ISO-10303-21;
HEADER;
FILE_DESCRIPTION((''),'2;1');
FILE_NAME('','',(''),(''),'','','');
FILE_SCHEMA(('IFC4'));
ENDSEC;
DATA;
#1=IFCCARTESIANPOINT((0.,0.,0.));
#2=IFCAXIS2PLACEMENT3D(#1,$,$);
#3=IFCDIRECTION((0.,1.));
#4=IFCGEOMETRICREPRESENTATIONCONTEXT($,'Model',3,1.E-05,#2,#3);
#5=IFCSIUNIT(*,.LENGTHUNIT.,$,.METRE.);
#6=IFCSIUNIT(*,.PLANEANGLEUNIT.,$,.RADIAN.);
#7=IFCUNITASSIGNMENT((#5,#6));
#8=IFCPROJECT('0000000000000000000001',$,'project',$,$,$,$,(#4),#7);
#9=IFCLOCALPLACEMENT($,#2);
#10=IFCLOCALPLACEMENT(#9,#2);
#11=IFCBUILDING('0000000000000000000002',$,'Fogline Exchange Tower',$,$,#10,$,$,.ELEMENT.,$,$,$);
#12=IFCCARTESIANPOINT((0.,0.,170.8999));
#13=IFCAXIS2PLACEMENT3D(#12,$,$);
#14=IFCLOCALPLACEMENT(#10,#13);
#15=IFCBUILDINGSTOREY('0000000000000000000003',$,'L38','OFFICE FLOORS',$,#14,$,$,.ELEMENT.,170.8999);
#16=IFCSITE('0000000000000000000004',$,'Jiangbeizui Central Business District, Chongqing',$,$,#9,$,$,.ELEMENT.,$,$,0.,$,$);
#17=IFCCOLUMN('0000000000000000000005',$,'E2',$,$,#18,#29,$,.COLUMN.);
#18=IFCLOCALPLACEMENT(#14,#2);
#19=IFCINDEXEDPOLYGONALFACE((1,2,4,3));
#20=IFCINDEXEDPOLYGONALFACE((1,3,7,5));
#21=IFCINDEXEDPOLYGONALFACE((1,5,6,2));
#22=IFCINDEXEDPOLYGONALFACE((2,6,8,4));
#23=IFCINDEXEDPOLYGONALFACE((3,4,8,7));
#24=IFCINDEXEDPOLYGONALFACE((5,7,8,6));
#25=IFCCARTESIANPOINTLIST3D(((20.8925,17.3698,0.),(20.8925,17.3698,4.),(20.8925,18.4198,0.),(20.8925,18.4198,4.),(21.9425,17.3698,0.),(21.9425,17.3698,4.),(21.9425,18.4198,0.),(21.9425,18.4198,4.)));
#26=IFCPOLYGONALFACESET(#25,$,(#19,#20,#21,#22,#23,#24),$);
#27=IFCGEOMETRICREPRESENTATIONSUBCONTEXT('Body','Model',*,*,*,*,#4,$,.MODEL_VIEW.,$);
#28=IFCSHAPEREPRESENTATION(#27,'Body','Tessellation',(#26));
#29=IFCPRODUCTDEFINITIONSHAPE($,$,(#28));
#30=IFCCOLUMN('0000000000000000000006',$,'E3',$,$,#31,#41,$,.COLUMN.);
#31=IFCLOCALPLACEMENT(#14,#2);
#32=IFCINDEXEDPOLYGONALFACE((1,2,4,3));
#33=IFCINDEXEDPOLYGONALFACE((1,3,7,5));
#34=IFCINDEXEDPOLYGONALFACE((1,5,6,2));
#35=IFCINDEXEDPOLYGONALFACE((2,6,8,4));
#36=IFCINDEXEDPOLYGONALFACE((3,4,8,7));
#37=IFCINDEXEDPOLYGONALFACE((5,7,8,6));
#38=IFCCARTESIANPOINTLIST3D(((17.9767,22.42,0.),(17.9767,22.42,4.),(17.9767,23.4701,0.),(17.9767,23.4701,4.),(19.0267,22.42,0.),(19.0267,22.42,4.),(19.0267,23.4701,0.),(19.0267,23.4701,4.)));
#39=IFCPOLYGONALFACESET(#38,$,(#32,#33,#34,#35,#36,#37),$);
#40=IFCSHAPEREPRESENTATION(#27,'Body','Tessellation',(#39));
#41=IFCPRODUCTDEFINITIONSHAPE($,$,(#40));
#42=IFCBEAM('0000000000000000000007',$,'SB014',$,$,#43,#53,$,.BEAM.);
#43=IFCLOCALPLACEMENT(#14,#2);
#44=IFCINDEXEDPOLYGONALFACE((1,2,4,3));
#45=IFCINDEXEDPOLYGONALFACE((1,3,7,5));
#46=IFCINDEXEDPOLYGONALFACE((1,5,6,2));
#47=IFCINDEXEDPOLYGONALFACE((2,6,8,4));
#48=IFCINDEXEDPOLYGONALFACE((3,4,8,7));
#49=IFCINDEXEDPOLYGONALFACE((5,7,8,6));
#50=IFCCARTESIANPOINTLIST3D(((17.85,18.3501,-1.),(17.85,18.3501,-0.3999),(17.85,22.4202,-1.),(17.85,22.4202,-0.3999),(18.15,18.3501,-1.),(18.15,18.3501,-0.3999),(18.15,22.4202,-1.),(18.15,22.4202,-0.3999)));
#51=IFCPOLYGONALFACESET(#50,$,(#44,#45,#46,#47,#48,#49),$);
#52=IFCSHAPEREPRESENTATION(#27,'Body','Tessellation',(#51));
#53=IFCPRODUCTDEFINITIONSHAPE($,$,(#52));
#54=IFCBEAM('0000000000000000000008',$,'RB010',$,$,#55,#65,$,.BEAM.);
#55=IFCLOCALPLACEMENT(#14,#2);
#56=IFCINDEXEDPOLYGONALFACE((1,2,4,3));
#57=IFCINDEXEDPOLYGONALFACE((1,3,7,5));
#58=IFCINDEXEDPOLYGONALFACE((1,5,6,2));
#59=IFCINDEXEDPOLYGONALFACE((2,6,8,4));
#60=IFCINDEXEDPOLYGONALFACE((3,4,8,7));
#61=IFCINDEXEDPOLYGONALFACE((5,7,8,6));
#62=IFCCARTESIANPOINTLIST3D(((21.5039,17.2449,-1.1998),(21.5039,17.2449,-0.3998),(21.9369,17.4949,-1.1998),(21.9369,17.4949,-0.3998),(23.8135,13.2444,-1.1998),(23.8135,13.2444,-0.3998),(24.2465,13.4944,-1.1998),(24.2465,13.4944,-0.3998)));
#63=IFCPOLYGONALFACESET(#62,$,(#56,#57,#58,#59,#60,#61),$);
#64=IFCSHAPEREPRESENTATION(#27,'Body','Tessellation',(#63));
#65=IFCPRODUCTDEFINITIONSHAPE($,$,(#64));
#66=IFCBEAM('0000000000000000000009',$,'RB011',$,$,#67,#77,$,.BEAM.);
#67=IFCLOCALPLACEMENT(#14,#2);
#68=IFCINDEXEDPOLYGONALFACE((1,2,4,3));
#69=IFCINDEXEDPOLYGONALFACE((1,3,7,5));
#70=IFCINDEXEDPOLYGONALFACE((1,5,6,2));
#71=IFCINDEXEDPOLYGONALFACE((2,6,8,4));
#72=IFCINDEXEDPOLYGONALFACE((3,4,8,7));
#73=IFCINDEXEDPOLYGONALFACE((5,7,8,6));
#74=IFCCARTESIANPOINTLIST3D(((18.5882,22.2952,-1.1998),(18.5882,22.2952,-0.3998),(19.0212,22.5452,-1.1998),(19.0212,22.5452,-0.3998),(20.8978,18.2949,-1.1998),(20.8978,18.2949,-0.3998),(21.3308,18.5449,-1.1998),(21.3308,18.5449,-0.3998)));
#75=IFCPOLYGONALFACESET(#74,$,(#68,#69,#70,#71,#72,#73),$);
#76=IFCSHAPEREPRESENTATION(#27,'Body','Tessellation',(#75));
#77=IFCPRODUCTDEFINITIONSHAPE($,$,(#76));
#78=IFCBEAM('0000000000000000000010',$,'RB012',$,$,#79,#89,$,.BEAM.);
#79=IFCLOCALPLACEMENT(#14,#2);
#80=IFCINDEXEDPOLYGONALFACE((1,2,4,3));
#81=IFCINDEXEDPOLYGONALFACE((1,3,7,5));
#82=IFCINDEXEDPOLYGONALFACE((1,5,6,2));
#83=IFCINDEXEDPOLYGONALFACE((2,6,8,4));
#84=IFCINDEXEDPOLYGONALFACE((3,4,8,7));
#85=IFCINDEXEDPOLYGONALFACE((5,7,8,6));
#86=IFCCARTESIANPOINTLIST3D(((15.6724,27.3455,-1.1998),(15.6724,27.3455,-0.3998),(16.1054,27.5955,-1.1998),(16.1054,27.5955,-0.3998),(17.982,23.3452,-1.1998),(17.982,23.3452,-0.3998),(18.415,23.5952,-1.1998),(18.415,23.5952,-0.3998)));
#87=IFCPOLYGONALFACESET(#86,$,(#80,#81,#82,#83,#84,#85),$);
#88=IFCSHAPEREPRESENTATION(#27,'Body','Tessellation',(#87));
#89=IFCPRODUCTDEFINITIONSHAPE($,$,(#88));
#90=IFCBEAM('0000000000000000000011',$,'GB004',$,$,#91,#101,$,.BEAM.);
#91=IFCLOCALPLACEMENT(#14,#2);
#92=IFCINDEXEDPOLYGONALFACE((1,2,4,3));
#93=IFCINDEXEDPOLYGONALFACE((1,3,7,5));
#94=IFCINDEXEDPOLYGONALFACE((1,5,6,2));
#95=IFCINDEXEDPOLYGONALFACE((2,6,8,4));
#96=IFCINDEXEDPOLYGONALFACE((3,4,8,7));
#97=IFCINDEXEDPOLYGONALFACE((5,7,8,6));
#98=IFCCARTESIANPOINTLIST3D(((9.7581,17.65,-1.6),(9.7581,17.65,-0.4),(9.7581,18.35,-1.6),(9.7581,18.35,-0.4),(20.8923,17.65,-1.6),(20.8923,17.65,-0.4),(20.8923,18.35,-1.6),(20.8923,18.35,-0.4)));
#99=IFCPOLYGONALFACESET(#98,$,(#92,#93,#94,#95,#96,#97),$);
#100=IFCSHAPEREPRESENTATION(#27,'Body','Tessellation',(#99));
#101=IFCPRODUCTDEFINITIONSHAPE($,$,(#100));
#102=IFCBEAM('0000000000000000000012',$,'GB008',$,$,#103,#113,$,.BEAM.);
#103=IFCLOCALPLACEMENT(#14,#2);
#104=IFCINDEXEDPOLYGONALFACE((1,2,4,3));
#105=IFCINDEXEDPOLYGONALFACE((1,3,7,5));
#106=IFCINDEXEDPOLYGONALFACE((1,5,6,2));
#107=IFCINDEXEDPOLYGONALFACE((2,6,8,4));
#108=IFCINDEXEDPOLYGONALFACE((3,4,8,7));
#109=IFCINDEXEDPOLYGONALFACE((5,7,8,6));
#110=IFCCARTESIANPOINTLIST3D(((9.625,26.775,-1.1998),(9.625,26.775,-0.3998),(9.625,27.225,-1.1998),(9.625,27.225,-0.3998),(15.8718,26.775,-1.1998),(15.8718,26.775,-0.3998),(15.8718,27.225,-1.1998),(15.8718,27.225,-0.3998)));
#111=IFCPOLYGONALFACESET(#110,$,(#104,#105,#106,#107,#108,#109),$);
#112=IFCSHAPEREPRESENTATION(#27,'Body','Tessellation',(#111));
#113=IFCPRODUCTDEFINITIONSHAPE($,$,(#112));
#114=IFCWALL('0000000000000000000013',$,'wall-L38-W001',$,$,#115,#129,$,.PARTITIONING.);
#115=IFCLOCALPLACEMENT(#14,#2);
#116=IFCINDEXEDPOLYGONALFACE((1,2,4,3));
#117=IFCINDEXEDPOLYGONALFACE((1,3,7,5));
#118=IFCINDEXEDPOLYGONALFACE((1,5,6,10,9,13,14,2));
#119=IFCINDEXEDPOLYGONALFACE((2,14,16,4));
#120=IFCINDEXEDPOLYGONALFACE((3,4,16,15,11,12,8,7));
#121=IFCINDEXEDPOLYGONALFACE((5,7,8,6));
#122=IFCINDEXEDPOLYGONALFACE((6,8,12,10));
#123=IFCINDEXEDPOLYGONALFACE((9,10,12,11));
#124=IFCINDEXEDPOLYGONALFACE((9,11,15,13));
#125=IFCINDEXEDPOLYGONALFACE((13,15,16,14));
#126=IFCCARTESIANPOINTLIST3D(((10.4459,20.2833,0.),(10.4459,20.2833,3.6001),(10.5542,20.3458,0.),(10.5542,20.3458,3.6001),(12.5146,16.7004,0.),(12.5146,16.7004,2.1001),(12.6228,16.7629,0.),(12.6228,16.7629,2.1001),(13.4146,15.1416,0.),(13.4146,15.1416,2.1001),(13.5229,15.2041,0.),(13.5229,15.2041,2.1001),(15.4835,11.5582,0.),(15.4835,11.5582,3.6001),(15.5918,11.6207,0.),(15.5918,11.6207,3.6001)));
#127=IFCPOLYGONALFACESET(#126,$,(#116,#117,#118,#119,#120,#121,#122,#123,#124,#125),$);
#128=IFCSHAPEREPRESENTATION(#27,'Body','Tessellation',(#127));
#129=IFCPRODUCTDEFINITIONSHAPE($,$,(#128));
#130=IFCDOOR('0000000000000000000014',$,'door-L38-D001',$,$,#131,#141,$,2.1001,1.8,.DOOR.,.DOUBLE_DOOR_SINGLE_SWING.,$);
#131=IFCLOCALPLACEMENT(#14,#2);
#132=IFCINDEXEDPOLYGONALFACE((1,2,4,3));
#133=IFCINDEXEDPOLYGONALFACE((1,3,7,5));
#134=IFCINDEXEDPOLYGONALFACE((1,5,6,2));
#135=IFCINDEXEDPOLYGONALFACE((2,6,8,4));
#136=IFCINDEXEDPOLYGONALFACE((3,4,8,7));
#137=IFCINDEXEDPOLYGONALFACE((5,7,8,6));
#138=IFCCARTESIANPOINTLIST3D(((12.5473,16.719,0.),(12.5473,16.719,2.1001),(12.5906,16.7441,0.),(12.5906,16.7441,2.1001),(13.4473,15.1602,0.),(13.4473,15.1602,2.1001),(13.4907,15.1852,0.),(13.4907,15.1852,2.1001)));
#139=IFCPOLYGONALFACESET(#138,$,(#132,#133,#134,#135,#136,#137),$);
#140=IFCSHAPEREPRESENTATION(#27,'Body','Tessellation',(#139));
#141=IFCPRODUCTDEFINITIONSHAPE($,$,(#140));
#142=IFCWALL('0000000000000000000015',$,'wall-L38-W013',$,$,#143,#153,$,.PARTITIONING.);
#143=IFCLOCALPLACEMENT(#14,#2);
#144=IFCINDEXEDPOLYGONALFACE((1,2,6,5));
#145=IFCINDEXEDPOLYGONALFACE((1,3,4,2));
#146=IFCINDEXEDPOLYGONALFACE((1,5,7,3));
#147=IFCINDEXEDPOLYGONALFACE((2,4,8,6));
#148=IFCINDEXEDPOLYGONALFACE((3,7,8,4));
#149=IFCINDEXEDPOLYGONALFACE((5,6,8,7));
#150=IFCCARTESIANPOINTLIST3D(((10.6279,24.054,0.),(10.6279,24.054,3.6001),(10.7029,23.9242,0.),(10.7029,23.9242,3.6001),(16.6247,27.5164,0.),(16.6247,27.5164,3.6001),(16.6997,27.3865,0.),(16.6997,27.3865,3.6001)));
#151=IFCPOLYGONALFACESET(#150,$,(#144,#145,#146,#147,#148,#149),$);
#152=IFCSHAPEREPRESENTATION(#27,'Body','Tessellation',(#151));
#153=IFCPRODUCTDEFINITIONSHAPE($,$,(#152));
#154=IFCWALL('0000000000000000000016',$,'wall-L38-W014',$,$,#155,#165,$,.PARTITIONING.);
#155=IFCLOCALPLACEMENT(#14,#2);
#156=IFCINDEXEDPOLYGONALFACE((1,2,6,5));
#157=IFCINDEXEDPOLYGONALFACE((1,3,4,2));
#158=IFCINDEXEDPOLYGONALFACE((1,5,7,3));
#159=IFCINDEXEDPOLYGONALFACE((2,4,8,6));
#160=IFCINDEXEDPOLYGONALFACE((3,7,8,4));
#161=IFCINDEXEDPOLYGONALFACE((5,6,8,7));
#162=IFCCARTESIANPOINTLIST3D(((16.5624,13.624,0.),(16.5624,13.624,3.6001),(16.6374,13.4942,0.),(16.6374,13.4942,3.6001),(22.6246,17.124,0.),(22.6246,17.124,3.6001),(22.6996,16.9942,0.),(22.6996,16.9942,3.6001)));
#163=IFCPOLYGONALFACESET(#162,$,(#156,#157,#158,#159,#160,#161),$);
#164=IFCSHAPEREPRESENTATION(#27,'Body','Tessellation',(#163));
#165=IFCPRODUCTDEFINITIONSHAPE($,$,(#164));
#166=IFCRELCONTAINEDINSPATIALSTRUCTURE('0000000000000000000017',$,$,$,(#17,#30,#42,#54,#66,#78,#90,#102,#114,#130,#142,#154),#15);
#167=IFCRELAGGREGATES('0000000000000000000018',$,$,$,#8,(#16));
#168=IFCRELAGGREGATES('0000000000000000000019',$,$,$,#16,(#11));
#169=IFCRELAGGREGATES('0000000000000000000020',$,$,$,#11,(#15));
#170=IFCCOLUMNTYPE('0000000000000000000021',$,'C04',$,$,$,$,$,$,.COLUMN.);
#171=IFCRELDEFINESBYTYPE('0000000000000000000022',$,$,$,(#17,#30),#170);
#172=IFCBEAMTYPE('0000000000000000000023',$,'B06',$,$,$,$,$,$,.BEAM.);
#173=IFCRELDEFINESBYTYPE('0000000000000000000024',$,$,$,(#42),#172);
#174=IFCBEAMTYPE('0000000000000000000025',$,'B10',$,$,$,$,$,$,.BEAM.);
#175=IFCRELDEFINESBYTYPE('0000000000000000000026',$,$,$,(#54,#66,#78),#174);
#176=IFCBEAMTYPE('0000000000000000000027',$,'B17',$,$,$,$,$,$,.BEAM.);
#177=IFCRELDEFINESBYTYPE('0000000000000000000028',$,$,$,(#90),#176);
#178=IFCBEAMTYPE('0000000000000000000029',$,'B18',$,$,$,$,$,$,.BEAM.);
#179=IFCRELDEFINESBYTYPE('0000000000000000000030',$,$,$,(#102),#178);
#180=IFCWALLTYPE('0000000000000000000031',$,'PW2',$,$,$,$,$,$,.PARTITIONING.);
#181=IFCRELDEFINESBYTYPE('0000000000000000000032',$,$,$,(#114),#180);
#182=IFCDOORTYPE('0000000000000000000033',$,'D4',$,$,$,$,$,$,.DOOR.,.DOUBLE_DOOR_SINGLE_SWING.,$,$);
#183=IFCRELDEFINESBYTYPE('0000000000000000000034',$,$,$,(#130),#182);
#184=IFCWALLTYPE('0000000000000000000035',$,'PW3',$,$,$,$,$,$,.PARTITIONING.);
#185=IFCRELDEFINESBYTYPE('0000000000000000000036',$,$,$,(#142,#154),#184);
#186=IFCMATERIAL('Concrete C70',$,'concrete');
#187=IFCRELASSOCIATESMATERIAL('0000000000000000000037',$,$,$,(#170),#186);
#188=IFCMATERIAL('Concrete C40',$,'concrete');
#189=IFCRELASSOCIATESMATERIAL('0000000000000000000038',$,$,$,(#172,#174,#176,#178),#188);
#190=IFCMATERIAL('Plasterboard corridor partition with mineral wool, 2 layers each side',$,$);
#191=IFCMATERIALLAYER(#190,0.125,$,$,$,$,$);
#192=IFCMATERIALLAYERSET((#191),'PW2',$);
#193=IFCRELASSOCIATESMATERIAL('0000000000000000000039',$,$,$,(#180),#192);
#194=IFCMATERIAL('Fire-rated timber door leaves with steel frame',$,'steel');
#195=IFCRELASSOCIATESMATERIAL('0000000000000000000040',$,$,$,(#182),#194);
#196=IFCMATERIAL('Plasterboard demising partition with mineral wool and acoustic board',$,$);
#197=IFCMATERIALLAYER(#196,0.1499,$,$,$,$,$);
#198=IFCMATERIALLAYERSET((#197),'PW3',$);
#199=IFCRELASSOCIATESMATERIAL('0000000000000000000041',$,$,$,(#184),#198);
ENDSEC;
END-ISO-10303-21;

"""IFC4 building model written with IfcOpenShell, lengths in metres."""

from ifc_helpers import new_model, si_unit, direction, frame, frame_2d, origin, origin_2d, place, context, subcontext, project, spatial, rectangle, extrude, material, layer, layer_set, material_profile, profile_set, type_object, element, fill, save


model = new_model("IFC4")

# Units and contexts
model_context = context("Model", 3, precision=1e-05, world=origin(), true_north=direction((0.0, 1.0)))
body_context = subcontext(model_context, "Body", "Model", "MODEL_VIEW")
ifc_project = project(units=[si_unit("LENGTHUNIT", "METRE"), si_unit("PLANEANGLEUNIT", "RADIAN")], contexts=[model_context])

# Site, building, storey
site_placement = place(None, origin())
site = spatial("IfcSite", under=ifc_project, at=site_placement, Name="Jiangbeizui Central Business District, Chongqing", CompositionType="ELEMENT", RefElevation=0.0)
building_placement = place(site_placement, origin())
building = spatial("IfcBuilding", under=site, at=building_placement, Name="Fogline Exchange Tower", CompositionType="ELEMENT")
storey_placement = place(building_placement, frame((0.0, 0.0, 170.8999)))
storey = spatial("IfcBuildingStorey", under=building, at=storey_placement, Name="L38", Description="OFFICE FLOORS", CompositionType="ELEMENT", Elevation=170.8999)

# Columns
ifc_material_1 = material(Name="Concrete C70", Category="concrete")
ifc_material_profile_1 = material_profile(ifc_material_1, rectangle(XDim=1.05, YDim=1.05, at=origin_2d()), Name="RC 1050x1050")
ifc_profile_set_1 = profile_set([ifc_material_profile_1], Name="Concrete C70")
column_type = type_object("IfcColumnType", Name="C04", PredefinedType="COLUMN", material=ifc_profile_set_1)
for number, where, z_axis, x_axis, name in (
    (1, (21.4175, 17.8948, 0.0), (0.0, 0.0, 1.0), (1.0, 0.0, 0.0), "E2"),
    (2, (18.5017, 22.9451, 0.0), (0.0, 0.0, 1.0), (1.0, 0.0, 0.0), "E3"),
):
    element("IfcColumn", number, at=place(storey_placement, frame(where, z_axis=z_axis, x_axis=x_axis)), inside=storey, type_object=column_type, Name=name, PredefinedType="COLUMN", context=body_context, shape_type="SweptSolid", body=[
        extrude(rectangle(XDim=1.05, YDim=1.05, at=origin_2d()), origin(), (0.0, 0.0, 1.0), 4.0),
    ])

# Beams
ifc_material_2 = material(Name="Concrete C40", Category="concrete")
ifc_material_profile_2 = material_profile(ifc_material_2, rectangle(XDim=0.3, YDim=0.6001, at=origin_2d()), Name="RC 300x600")
ifc_profile_set_2 = profile_set([ifc_material_profile_2], Name="Concrete C40")
beam_type_1 = type_object("IfcBeamType", Name="B06", PredefinedType="BEAM", material=ifc_profile_set_2)
beam_1_placement = place(storey_placement, frame((18.0, 18.3501, -0.7), z_axis=(0.0, 1.0, 0.0), x_axis=(-1.0, 0.0, 0.0)))
element("IfcBeam", 3, at=beam_1_placement, inside=storey, type_object=beam_type_1, Name="SB014", PredefinedType="BEAM", context=body_context, shape_type="SweptSolid", body=[
    extrude(rectangle(XDim=0.3, YDim=0.6001, at=origin_2d()), origin(), (0.0, 0.0, 1.0), 4.0701),
])
ifc_material_profile_3 = material_profile(ifc_material_2, rectangle(XDim=0.5, YDim=0.8, at=origin_2d()), Name="RC 500x800")
ifc_profile_set_3 = profile_set([ifc_material_profile_3], Name="Concrete C40")
beam_type_2 = type_object("IfcBeamType", Name="B10", PredefinedType="BEAM", material=ifc_profile_set_3)
beam_2_placement = place(storey_placement, frame((24.03, 13.3694, -0.7998), z_axis=(-0.499982, 0.866036, 0.0), x_axis=(-0.866036, -0.499982, 0.0)))
element("IfcBeam", 4, at=beam_2_placement, inside=storey, type_object=beam_type_2, Name="RB010", PredefinedType="BEAM", context=body_context, shape_type="SweptSolid", body=[
    extrude(rectangle(XDim=0.5, YDim=0.8, at=origin_2d()), origin(), (0.0, 0.0, 1.0), 4.6194),
])
for number, where, z_axis, x_axis, name in (
    (5, (21.1143, 18.4199, -0.7998), (-0.500005, 0.866023, 0.0), (-0.866023, -0.500005, 0.0), "RB011"),
    (6, (18.1985, 23.4702, -0.7998), (-0.500005, 0.866023, 0.0), (-0.866023, -0.500005, 0.0), "RB012"),
):
    element("IfcBeam", number, at=place(storey_placement, frame(where, z_axis=z_axis, x_axis=x_axis)), inside=storey, type_object=beam_type_2, Name=name, PredefinedType="BEAM", context=body_context, shape_type="SweptSolid", body=[
        extrude(rectangle(XDim=0.5, YDim=0.8, at=origin_2d()), origin(), (0.0, 0.0, 1.0), 4.6191),
    ])
ifc_material_profile_4 = material_profile(ifc_material_2, rectangle(XDim=0.7, YDim=1.2, at=origin_2d()), Name="RC 700x1200")
ifc_profile_set_4 = profile_set([ifc_material_profile_4], Name="Concrete C40")
beam_type_3 = type_object("IfcBeamType", Name="B17", PredefinedType="BEAM", material=ifc_profile_set_4)
beam_3_placement = place(storey_placement, frame((9.7581, 18.0, -1.0), z_axis=(1.0, 0.0, 0.0), x_axis=(0.0, 1.0, 0.0)))
element("IfcBeam", 7, at=beam_3_placement, inside=storey, type_object=beam_type_3, Name="GB004", PredefinedType="BEAM", context=body_context, shape_type="SweptSolid", body=[
    extrude(rectangle(XDim=0.7, YDim=1.2, at=origin_2d()), origin(), (0.0, 0.0, 1.0), 11.1343),
])
ifc_material_profile_5 = material_profile(ifc_material_2, rectangle(XDim=0.45, YDim=0.8, at=origin_2d()), Name="RC 450x800")
ifc_profile_set_5 = profile_set([ifc_material_profile_5], Name="Concrete C40")
beam_type_4 = type_object("IfcBeamType", Name="B18", PredefinedType="BEAM", material=ifc_profile_set_5)
beam_4_placement = place(storey_placement, frame((9.625, 27.0, -0.7998), z_axis=(1.0, 0.0, 0.0), x_axis=(0.0, 1.0, 0.0)))
element("IfcBeam", 8, at=beam_4_placement, inside=storey, type_object=beam_type_4, Name="GB008", PredefinedType="BEAM", context=body_context, shape_type="SweptSolid", body=[
    extrude(rectangle(XDim=0.45, YDim=0.8, at=origin_2d()), origin(), (0.0, 0.0, 1.0), 6.2468),
])

# Wall, opening, door
ifc_material_3 = material(Name="Plasterboard corridor partition with mineral wool, 2 layers each side")
ifc_layer_1 = layer(ifc_material_3, 0.125)
ifc_layer_set_1 = layer_set([ifc_layer_1], Name="PW2")
wall_type_1 = type_object("IfcWallType", Name="PW2", PredefinedType="PARTITIONING", material=ifc_layer_set_1)
wall_1_placement = place(storey_placement, frame((10.5, 20.3147, 0.0), z_axis=(0.0, 0.0, 1.0), x_axis=(0.500012, -0.866019, 0.0)))
wall_1 = element("IfcWall", 9, at=wall_1_placement, inside=storey, type_object=wall_type_1, Name="wall-L38-W001", PredefinedType="PARTITIONING", context=body_context, shape_type="SweptSolid", body=[
    extrude(rectangle(XDim=10.075, YDim=0.125, at=frame_2d((5.0376, 0.0))), origin(), (0.0, 0.0, 1.0), 3.6001),
])
opening_1_placement = place(wall_1_placement, frame((4.1375, 0.0, 0.0)))
opening_1 = element("IfcOpeningElement", 10, at=opening_1_placement, cuts=wall_1, PredefinedType="OPENING", context=body_context, shape_type="SweptSolid", body=[
    extrude(rectangle(XDim=1.8, YDim=2.1001, at=frame_2d((0.8999, 1.05))), frame((0.0, 0.0725, 0.0), z_axis=(0.0, -1.0, 0.0), x_axis=(1.0, 0.0, 0.0)), (0.0, 0.0, 1.0), 0.145),
])
ifc_material_4 = material(Name="Fire-rated timber door leaves with steel frame", Category="steel")
door_type_1 = type_object("IfcDoorType", Name="D4", OperationType="DOUBLE_DOOR_SINGLE_SWING", PredefinedType="DOOR", material=ifc_material_4)
door_1_placement = place(opening_1_placement, frame((1.8, 0.0, 0.0), z_axis=(0.0, 0.0, 1.0), x_axis=(-1.0, 0.0, 0.0)))
door_1 = element("IfcDoor", 11, at=door_1_placement, inside=storey, type_object=door_type_1, Name="door-L38-D001", OperationType="DOUBLE_DOOR_SINGLE_SWING", OverallHeight=2.1001, OverallWidth=1.8, PredefinedType="DOOR", context=body_context, shape_type="SweptSolid", body=[
    extrude(rectangle(XDim=1.8, YDim=2.1001, at=frame_2d((0.8999, 1.05))), frame((0.0, 0.0249, 0.0), z_axis=(0.0, -1.0, 0.0), x_axis=(1.0, 0.0, 0.0)), (0.0, 0.0, 1.0), 0.05),
])
fill(opening_1, door_1)

# Walls
ifc_material_5 = material(Name="Plasterboard demising partition with mineral wool and acoustic board")
ifc_layer_2 = layer(ifc_material_5, 0.1499)
ifc_layer_set_2 = layer_set([ifc_layer_2], Name="PW3")
wall_type_2 = type_object("IfcWallType", Name="PW3", PredefinedType="PARTITIONING", material=ifc_layer_set_2)
wall_2_placement = place(storey_placement, frame((10.6653, 23.989, 0.0), z_axis=(0.0, 0.0, 1.0), x_axis=(0.866017, 0.500014, 0.0)))
element("IfcWall", 12, at=wall_2_placement, inside=storey, type_object=wall_type_2, Name="wall-L38-W013", PredefinedType="PARTITIONING", context=body_context, shape_type="SweptSolid", body=[
    extrude(rectangle(XDim=6.9246, YDim=0.1499, at=frame_2d((3.4624, 0.0))), origin(), (0.0, 0.0, 1.0), 3.6001),
])
wall_3_placement = place(storey_placement, frame((22.6621, 17.0591, 0.0), z_axis=(0.0, 0.0, 1.0), x_axis=(-0.866028, -0.499995, 0.0)))
element("IfcWall", 13, at=wall_3_placement, inside=storey, type_object=wall_type_2, Name="wall-L38-W014", PredefinedType="PARTITIONING", context=body_context, shape_type="SweptSolid", body=[
    extrude(rectangle(XDim=7.0, YDim=0.1499, at=frame_2d((3.5, 0.0))), origin(), (0.0, 0.0, 1.0), 3.6001),
])

save(model, "model.ifc")
